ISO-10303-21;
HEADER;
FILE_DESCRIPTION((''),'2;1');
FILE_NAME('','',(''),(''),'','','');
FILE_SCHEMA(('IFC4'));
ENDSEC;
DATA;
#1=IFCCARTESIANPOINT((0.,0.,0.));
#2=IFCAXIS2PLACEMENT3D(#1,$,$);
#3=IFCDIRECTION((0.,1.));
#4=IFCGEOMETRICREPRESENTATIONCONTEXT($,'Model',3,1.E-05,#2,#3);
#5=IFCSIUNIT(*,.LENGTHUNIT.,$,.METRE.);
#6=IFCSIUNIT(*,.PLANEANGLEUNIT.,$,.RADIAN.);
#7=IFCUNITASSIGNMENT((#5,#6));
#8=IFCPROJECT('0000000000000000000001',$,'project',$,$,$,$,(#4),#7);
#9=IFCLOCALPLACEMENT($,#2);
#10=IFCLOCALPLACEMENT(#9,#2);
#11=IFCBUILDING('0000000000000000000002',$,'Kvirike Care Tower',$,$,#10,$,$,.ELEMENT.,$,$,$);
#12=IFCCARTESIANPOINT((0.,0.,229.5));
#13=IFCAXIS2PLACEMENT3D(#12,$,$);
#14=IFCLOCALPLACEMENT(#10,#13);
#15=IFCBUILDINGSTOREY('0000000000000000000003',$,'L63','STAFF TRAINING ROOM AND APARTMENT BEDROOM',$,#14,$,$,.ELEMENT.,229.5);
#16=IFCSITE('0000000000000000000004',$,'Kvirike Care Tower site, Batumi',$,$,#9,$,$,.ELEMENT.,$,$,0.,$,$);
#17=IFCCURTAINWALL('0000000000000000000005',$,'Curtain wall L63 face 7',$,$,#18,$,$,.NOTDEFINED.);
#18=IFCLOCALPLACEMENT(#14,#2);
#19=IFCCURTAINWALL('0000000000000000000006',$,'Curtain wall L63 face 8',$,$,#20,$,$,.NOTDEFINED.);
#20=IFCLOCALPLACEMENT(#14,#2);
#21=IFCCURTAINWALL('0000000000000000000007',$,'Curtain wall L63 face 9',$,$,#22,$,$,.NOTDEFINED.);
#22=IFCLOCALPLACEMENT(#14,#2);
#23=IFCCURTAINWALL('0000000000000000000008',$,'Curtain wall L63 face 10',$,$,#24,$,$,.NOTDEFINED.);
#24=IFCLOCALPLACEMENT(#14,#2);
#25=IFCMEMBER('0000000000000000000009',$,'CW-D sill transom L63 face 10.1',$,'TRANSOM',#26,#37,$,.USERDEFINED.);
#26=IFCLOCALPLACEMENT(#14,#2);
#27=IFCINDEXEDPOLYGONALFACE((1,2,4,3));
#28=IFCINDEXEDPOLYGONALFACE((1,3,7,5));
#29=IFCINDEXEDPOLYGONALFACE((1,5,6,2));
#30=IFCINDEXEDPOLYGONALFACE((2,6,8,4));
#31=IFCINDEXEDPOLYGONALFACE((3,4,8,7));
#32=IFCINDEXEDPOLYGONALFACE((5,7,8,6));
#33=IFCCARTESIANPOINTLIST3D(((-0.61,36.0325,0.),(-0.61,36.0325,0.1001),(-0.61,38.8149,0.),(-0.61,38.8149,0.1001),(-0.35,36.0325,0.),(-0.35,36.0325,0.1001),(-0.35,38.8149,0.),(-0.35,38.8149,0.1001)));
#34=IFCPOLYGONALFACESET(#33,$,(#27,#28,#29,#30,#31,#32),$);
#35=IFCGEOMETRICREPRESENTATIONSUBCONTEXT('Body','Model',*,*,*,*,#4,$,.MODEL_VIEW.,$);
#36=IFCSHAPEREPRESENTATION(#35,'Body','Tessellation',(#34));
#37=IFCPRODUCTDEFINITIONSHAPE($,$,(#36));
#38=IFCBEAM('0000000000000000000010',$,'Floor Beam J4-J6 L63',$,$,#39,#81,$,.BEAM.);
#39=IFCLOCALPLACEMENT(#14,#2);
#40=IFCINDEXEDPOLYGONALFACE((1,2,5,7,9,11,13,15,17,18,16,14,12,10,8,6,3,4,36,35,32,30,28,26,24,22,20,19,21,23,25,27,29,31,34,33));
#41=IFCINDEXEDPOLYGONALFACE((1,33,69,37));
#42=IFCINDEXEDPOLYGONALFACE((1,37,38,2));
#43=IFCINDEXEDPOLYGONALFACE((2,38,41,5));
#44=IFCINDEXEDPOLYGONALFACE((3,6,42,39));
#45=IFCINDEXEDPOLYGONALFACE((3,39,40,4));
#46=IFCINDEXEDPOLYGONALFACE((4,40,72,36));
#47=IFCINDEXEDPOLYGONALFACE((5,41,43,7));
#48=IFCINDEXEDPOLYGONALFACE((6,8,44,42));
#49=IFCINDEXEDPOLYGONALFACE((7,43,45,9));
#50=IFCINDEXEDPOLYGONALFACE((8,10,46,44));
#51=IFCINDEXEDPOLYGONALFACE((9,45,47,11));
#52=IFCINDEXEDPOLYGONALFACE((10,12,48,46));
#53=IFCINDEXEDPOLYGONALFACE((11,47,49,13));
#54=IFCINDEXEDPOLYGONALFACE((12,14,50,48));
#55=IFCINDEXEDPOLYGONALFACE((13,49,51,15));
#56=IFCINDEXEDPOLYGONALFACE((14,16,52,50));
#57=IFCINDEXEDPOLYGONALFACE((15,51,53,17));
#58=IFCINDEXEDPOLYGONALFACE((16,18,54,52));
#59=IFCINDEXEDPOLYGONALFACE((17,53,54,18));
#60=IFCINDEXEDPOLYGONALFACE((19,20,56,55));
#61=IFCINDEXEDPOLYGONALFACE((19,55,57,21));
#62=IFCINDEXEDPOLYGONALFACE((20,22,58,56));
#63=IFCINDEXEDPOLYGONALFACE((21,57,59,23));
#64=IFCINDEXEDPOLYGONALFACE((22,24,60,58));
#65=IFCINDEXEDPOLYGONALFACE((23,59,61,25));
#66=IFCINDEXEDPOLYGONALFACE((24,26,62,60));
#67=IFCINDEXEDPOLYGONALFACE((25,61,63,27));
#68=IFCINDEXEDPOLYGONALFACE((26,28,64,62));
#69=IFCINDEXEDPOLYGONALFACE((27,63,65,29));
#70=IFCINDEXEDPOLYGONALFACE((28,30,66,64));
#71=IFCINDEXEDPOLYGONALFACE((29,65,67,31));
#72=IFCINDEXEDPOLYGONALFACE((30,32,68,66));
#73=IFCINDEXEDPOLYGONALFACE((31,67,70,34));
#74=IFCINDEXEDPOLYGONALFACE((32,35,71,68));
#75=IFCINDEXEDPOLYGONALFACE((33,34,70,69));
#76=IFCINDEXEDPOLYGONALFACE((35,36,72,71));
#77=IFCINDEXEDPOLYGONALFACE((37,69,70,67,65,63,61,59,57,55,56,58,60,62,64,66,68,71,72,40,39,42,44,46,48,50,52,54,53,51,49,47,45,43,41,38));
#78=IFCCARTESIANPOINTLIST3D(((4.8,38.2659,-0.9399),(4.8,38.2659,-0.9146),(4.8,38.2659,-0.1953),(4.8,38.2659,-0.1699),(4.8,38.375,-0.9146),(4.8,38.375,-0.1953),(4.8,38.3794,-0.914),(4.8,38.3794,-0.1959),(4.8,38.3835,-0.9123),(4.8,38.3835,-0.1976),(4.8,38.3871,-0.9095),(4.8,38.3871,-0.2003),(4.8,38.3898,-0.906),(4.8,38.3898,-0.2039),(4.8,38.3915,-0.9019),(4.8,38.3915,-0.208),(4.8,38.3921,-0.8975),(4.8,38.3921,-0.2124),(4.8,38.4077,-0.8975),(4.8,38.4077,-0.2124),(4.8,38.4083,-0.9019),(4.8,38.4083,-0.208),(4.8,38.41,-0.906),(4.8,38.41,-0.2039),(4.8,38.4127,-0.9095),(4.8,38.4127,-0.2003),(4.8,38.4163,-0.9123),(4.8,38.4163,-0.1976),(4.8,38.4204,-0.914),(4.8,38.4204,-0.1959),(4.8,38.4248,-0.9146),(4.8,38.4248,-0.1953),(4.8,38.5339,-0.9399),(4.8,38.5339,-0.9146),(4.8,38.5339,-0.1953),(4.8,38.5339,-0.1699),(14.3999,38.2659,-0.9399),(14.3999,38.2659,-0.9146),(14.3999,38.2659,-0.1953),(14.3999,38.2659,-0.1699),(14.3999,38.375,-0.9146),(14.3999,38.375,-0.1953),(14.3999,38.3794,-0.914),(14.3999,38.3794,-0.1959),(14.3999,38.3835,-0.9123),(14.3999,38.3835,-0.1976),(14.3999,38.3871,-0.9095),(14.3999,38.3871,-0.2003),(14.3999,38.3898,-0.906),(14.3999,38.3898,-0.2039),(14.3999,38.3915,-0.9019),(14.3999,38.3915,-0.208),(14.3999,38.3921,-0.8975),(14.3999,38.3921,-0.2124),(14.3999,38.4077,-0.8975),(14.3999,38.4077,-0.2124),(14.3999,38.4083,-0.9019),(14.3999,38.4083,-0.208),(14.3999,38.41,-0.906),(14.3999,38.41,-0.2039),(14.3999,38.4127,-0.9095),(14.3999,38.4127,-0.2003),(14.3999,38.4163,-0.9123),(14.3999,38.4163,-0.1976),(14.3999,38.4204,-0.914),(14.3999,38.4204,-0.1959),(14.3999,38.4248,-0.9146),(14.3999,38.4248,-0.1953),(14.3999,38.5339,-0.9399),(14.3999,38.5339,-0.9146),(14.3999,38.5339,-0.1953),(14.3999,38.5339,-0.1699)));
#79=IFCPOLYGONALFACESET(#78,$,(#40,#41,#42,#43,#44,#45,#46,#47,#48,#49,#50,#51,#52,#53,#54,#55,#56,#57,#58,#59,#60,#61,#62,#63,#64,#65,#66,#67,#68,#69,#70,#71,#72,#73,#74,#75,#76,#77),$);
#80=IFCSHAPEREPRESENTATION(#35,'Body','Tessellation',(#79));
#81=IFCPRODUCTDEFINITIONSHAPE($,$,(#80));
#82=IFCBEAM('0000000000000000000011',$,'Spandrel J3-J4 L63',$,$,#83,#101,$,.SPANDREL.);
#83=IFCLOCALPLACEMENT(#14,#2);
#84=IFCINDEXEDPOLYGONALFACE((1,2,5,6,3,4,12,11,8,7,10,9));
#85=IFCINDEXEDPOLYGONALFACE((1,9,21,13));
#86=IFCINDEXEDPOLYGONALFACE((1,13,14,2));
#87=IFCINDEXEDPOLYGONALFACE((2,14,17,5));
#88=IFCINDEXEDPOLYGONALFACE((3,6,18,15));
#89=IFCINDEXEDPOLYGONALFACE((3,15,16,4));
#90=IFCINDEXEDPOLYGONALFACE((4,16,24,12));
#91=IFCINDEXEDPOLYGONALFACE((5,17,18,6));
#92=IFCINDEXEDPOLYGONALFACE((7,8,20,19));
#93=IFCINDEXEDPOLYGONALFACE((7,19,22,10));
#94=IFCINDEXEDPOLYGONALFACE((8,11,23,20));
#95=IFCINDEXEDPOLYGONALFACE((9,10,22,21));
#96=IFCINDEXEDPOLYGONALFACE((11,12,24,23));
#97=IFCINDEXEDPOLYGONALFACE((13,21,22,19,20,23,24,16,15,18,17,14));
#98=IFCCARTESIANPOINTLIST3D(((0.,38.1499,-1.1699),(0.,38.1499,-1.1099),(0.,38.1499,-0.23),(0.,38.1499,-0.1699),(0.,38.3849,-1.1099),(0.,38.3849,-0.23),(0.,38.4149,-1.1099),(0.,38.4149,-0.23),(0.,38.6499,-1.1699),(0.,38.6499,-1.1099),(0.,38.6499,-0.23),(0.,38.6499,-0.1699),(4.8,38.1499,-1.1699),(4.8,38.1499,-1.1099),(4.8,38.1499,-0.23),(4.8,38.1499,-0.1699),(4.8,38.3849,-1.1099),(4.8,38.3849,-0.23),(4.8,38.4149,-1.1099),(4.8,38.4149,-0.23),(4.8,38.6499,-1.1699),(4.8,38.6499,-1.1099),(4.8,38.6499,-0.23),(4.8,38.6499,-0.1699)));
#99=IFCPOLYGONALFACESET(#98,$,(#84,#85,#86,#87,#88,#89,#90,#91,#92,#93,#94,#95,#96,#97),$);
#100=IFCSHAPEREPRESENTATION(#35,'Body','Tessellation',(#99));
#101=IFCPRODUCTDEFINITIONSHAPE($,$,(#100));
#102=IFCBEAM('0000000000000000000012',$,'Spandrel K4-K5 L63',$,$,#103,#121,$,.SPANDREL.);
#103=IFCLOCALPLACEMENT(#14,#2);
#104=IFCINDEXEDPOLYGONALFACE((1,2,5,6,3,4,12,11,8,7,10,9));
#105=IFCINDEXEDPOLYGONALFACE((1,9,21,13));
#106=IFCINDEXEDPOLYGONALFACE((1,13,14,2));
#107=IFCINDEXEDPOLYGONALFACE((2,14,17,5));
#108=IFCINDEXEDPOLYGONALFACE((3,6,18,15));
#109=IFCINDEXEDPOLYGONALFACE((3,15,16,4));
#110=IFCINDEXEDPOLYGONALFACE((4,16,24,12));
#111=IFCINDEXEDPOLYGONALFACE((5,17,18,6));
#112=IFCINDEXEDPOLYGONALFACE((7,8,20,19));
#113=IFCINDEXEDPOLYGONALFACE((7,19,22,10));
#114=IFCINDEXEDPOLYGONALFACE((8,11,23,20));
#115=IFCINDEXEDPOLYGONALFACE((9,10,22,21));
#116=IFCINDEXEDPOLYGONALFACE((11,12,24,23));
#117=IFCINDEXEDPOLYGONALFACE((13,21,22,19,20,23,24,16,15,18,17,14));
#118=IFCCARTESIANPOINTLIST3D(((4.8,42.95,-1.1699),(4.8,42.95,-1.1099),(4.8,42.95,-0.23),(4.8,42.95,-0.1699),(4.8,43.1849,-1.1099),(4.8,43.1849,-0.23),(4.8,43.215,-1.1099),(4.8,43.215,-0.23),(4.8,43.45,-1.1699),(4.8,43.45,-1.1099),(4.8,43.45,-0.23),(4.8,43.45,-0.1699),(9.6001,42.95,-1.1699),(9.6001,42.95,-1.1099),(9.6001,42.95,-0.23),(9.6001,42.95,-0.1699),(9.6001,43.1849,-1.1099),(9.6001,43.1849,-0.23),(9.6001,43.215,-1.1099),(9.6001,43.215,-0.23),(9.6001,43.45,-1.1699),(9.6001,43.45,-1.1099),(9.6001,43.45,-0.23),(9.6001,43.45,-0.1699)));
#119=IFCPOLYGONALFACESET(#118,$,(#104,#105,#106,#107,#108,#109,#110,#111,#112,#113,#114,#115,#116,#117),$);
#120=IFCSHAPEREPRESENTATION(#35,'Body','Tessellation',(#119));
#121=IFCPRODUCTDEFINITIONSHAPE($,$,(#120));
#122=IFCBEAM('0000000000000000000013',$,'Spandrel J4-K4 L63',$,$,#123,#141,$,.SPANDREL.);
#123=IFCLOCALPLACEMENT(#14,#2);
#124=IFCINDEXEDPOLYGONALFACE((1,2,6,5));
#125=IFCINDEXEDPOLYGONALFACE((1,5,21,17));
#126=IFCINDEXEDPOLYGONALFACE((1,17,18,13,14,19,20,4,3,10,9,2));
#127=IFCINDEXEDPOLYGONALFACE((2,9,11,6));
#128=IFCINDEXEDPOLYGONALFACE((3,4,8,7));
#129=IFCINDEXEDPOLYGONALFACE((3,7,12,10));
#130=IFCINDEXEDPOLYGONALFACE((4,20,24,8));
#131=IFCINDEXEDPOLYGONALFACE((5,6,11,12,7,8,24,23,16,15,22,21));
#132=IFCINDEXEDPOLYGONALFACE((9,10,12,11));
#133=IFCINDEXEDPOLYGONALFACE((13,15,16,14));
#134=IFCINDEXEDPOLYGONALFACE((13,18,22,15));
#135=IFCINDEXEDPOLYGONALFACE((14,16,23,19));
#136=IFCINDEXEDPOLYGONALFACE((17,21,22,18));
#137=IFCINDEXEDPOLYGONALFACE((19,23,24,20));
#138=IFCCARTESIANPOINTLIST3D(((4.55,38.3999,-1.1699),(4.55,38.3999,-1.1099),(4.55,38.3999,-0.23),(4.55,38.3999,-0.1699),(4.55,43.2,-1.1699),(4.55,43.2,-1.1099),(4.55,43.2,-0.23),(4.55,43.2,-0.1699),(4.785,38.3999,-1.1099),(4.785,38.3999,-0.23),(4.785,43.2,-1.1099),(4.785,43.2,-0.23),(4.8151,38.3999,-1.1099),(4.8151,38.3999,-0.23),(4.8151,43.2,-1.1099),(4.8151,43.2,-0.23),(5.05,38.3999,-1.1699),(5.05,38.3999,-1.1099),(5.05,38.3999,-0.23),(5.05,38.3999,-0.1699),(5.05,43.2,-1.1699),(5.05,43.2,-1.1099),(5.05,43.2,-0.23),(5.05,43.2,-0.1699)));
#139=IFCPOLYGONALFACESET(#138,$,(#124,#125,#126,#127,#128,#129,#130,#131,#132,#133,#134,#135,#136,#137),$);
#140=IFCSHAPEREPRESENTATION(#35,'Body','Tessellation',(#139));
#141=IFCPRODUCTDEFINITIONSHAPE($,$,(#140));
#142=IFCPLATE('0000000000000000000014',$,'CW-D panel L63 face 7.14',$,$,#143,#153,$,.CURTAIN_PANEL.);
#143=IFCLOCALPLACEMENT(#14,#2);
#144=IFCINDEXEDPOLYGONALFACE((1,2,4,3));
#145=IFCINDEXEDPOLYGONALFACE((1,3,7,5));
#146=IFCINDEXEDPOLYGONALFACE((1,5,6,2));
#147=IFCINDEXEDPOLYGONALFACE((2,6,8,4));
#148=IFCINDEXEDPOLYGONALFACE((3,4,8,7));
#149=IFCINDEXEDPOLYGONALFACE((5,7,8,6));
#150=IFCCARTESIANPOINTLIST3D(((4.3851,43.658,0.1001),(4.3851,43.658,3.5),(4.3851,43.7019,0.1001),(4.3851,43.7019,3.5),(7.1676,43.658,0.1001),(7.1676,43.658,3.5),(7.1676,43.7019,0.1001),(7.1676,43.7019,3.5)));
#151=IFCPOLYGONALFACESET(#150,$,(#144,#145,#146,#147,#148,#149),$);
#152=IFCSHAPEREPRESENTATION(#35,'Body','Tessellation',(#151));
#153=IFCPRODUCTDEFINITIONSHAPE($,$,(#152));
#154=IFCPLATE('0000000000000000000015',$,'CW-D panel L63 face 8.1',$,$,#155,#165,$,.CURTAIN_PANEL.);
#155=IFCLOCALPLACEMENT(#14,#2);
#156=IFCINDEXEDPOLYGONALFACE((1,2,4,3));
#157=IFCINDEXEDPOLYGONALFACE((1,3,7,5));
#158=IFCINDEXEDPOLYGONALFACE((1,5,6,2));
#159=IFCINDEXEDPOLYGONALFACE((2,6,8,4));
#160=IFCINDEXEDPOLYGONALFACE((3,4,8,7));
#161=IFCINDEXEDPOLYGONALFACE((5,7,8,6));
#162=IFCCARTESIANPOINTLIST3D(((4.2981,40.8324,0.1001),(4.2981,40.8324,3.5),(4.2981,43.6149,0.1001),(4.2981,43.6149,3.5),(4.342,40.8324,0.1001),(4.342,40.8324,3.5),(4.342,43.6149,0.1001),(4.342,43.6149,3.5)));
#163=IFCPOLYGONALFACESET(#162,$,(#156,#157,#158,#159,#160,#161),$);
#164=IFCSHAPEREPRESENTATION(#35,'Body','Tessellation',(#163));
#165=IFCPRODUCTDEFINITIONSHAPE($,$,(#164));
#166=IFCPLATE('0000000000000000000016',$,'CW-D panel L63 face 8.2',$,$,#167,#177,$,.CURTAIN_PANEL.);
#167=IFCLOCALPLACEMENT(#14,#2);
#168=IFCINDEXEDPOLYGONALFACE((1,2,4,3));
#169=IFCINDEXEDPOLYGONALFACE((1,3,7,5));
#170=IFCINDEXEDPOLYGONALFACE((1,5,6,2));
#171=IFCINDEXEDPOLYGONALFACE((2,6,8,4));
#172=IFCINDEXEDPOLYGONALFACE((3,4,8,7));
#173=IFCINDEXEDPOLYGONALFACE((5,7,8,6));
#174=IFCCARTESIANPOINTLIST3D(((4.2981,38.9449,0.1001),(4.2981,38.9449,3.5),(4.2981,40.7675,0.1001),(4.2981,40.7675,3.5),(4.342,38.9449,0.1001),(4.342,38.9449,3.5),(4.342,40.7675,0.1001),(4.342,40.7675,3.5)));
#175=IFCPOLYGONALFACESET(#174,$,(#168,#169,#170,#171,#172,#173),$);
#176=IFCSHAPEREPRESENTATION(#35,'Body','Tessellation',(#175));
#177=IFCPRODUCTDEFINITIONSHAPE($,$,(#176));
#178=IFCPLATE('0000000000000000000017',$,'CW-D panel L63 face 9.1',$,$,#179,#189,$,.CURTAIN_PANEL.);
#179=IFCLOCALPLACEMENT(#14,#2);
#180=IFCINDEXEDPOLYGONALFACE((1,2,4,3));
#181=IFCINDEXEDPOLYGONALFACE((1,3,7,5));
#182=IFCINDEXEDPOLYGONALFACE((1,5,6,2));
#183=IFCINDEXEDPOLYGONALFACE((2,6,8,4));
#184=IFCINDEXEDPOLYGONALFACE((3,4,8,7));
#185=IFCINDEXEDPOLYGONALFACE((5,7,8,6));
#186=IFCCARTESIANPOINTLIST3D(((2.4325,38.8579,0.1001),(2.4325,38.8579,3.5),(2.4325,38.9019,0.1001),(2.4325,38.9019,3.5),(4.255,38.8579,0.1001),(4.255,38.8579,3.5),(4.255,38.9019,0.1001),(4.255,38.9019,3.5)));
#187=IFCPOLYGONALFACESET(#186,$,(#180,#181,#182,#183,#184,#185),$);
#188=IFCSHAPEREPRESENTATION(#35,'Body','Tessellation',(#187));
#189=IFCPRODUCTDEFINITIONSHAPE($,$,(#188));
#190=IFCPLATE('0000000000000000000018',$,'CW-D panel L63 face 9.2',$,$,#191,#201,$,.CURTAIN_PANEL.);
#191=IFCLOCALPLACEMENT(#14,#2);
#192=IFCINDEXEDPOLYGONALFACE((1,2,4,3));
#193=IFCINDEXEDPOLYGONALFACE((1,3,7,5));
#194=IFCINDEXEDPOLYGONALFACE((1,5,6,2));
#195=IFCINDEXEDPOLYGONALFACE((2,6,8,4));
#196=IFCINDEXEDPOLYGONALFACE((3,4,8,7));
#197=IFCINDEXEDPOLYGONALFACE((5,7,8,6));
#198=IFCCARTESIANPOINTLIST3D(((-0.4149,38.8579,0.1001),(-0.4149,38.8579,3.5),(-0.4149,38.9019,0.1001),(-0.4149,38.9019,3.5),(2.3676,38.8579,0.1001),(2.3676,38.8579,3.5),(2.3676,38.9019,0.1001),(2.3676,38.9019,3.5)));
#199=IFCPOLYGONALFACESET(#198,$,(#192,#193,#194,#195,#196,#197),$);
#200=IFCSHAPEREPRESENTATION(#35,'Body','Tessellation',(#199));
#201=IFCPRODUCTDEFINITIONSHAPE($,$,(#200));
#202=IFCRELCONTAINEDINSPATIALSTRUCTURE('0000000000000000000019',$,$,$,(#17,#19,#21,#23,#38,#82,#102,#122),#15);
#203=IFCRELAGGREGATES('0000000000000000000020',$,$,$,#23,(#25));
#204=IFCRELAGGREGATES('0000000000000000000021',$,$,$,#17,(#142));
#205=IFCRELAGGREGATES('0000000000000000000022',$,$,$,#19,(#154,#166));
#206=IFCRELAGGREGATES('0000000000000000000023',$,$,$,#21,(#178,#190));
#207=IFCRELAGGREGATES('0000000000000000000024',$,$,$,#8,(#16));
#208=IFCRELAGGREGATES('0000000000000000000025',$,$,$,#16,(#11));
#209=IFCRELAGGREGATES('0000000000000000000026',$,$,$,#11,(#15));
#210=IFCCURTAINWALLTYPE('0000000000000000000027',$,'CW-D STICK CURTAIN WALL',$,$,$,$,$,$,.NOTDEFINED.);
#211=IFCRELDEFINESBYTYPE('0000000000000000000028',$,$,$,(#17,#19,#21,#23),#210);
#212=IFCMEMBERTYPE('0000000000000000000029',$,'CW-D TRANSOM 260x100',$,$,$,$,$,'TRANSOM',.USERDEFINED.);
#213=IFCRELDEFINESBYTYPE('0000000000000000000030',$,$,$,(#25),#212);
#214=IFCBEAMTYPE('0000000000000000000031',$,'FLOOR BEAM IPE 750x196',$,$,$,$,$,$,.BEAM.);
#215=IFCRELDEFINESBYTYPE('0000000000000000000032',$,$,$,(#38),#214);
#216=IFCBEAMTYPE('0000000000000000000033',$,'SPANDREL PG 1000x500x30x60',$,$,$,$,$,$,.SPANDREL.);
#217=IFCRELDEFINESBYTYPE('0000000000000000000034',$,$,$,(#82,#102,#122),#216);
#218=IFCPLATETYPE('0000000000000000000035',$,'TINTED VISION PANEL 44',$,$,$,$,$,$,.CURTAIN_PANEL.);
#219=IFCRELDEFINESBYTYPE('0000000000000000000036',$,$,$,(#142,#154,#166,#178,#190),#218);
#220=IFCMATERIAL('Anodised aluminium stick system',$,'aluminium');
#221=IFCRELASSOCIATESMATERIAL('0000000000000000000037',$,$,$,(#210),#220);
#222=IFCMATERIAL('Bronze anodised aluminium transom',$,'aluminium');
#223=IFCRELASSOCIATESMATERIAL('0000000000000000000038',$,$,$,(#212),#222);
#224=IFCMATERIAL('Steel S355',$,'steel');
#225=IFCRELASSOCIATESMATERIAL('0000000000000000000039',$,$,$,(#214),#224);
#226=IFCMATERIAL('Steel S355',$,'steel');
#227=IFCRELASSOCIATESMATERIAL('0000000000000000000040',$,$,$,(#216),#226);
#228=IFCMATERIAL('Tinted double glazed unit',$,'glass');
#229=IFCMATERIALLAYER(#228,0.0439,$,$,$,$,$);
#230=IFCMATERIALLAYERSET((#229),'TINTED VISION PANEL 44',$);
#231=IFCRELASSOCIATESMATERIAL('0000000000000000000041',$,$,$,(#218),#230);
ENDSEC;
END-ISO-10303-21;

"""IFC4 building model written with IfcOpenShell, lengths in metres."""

from ifc_helpers import new_model, si_unit, direction, frame, origin, origin_2d, place, context, subcontext, project, spatial, rectangle, i_section, extrude, material, layer, layer_set, material_profile, profile_set, type_object, element, aggregate, save


model = new_model("IFC4")

# Units and contexts
model_context = context("Model", 3, precision=1e-05, world=origin(), true_north=direction((0.0, 1.0)))
body_context = subcontext(model_context, "Body", "Model", "MODEL_VIEW")
ifc_project = project(units=[si_unit("LENGTHUNIT", "METRE"), si_unit("PLANEANGLEUNIT", "RADIAN")], contexts=[model_context])

# Site, building, storey
site_placement = place(None, origin())
site = spatial("IfcSite", under=ifc_project, at=site_placement, Name="Kvirike Care Tower site, Batumi", CompositionType="ELEMENT", RefElevation=0.0)
building_placement = place(site_placement, origin())
building = spatial("IfcBuilding", under=site, at=building_placement, Name="Kvirike Care Tower", CompositionType="ELEMENT")
storey_placement = place(building_placement, frame((0.0, 0.0, 229.5)))
storey = spatial("IfcBuildingStorey", under=building, at=storey_placement, Name="L63", Description="STAFF TRAINING ROOM AND APARTMENT BEDROOM", CompositionType="ELEMENT", Elevation=229.5)

# Curtain wall
ifc_material_1 = material(Name="Anodised aluminium stick system", Category="aluminium")
curtain_wall_type = type_object("IfcCurtainWallType", Name="CW-D STICK CURTAIN WALL", PredefinedType="NOTDEFINED", material=ifc_material_1)
curtain_wall_1_placement = place(storey_placement, origin())
curtain_wall_1 = element("IfcCurtainWall", 1, at=curtain_wall_1_placement, inside=storey, type_object=curtain_wall_type, Name="Curtain wall L63 face 7", PredefinedType="NOTDEFINED")

# Curtain walls
curtain_wall_2_placement = place(storey_placement, origin())
curtain_wall_2 = element("IfcCurtainWall", 2, at=curtain_wall_2_placement, inside=storey, type_object=curtain_wall_type, Name="Curtain wall L63 face 8", PredefinedType="NOTDEFINED")
curtain_wall_3_placement = place(storey_placement, origin())
curtain_wall_3 = element("IfcCurtainWall", 3, at=curtain_wall_3_placement, inside=storey, type_object=curtain_wall_type, Name="Curtain wall L63 face 9", PredefinedType="NOTDEFINED")

# Curtain wall
curtain_wall_4_placement = place(storey_placement, origin())
curtain_wall_4 = element("IfcCurtainWall", 4, at=curtain_wall_4_placement, inside=storey, type_object=curtain_wall_type, Name="Curtain wall L63 face 10", PredefinedType="NOTDEFINED")

# Member
ifc_material_2 = material(Name="Bronze anodised aluminium transom", Category="aluminium")
ifc_material_profile_1 = material_profile(ifc_material_2, rectangle(XDim=0.26, YDim=0.1001, at=origin_2d()), Name="CW-D TRANSOM 260x100")
ifc_profile_set_1 = profile_set([ifc_material_profile_1], Name="Bronze anodised aluminium transom")
member_type_1 = type_object("IfcMemberType", Name="CW-D TRANSOM 260x100", ElementType="TRANSOM", PredefinedType="USERDEFINED", material=ifc_profile_set_1)
member_1_placement = place(storey_placement, frame((-0.48, 38.8149, 0.05), z_axis=(0.0, -1.0, 0.0), x_axis=(1.0, 0.0, 0.0)))
member_1 = element("IfcMember", 5, at=member_1_placement, type_object=member_type_1, Name="CW-D sill transom L63 face 10.1", ObjectType="TRANSOM", PredefinedType="USERDEFINED", context=body_context, shape_type="SweptSolid", body=[
    extrude(rectangle(XDim=0.26, YDim=0.1001, at=origin_2d()), origin(), (0.0, 0.0, 1.0), 2.7825),
])
aggregate(curtain_wall_4, [member_1])

# Beams
ifc_material_3 = material(Name="Steel S355", Category="steel")
ifc_material_profile_2 = material_profile(ifc_material_3, i_section(OverallWidth=0.2681, OverallDepth=0.77, WebThickness=0.0156, FlangeThickness=0.0254, FilletRadius=0.0171, at=origin_2d()), Name="IPE 750x196")
ifc_profile_set_2 = profile_set([ifc_material_profile_2], Name="Steel S355")
beam_type_1 = type_object("IfcBeamType", Name="FLOOR BEAM IPE 750x196", PredefinedType="BEAM", material=ifc_profile_set_2)
beam_placement = place(storey_placement, frame((4.8, 38.3999, -0.5549), z_axis=(1.0, 0.0, 0.0), x_axis=(0.0, 1.0, 0.0)))
element("IfcBeam", 6, at=beam_placement, inside=storey, type_object=beam_type_1, Name="Floor Beam J4-J6 L63", PredefinedType="BEAM", context=body_context, shape_type="SweptSolid", body=[
    extrude(i_section(OverallWidth=0.2681, OverallDepth=0.77, WebThickness=0.0156, FlangeThickness=0.0254, FilletRadius=0.0171, at=origin_2d()), origin(), (0.0, 0.0, 1.0), 9.5999),
])
ifc_material_4 = material(Name="Steel S355", Category="steel")
ifc_material_profile_3 = material_profile(ifc_material_4, i_section(OverallWidth=0.5, OverallDepth=1.0, WebThickness=0.03, FlangeThickness=0.0601, at=origin_2d()), Name="PG 1000x500x30x60")
ifc_profile_set_3 = profile_set([ifc_material_profile_3], Name="Steel S355")
beam_type_2 = type_object("IfcBeamType", Name="SPANDREL PG 1000x500x30x60", PredefinedType="SPANDREL", material=ifc_profile_set_3)
for number, where, z_axis, x_axis, name in (
    (7, (0.0, 38.3999, -0.6699), (1.0, 0.0, 0.0), (0.0, 1.0, 0.0), "Spandrel J3-J4 L63"),
    (8, (4.8, 43.2, -0.6699), (1.0, 0.0, 0.0), (0.0, 1.0, 0.0), "Spandrel K4-K5 L63"),
    (9, (4.8, 38.3999, -0.6699), (0.0, 1.0, 0.0), (-1.0, 0.0, 0.0), "Spandrel J4-K4 L63"),
):
    element("IfcBeam", number, at=place(storey_placement, frame(where, z_axis=z_axis, x_axis=x_axis)), inside=storey, type_object=beam_type_2, Name=name, PredefinedType="SPANDREL", context=body_context, shape_type="SweptSolid", body=[
        extrude(i_section(OverallWidth=0.5, OverallDepth=1.0, WebThickness=0.03, FlangeThickness=0.0601, at=origin_2d()), origin(), (0.0, 0.0, 1.0), 4.8),
    ])

# Plates
ifc_material_5 = material(Name="Tinted double glazed unit", Category="glass")
ifc_layer_1 = layer(ifc_material_5, 0.0439)
ifc_layer_set_1 = layer_set([ifc_layer_1], Name="TINTED VISION PANEL 44")
plate_type = type_object("IfcPlateType", Name="TINTED VISION PANEL 44", PredefinedType="CURTAIN_PANEL", material=ifc_layer_set_1)
plate_1_placement = place(storey_placement, frame((5.7764, 43.6799, 0.1001), z_axis=(0.0, 0.0, 1.0), x_axis=(-1.0, 0.0, 0.0)))
plate_1 = element("IfcPlate", 10, at=plate_1_placement, type_object=plate_type, Name="CW-D panel L63 face 7.14", PredefinedType="CURTAIN_PANEL", context=body_context, shape_type="SweptSolid", body=[
    extrude(rectangle(XDim=2.7825, YDim=0.0439, at=origin_2d()), origin(), (0.0, 0.0, 1.0), 3.3999),
])
aggregate(curtain_wall_1, [plate_1])
plate_2_placement = place(storey_placement, frame((4.3201, 42.2236, 0.1001), z_axis=(0.0, 0.0, 1.0), x_axis=(0.0, -1.0, 0.0)))
plate_2 = element("IfcPlate", 11, at=plate_2_placement, type_object=plate_type, Name="CW-D panel L63 face 8.1", PredefinedType="CURTAIN_PANEL", context=body_context, shape_type="SweptSolid", body=[
    extrude(rectangle(XDim=2.7825, YDim=0.0439, at=origin_2d()), origin(), (0.0, 0.0, 1.0), 3.3999),
])
plate_3_placement = place(storey_placement, frame((4.3201, 39.8562, 0.1001), z_axis=(0.0, 0.0, 1.0), x_axis=(0.0, -1.0, 0.0)))
plate_3 = element("IfcPlate", 12, at=plate_3_placement, type_object=plate_type, Name="CW-D panel L63 face 8.2", PredefinedType="CURTAIN_PANEL", context=body_context, shape_type="SweptSolid", body=[
    extrude(rectangle(XDim=1.8225, YDim=0.0439, at=origin_2d()), origin(), (0.0, 0.0, 1.0), 3.3999),
])
aggregate(curtain_wall_2, [plate_2, plate_3])
plate_4_placement = place(storey_placement, frame((3.3438, 38.8799, 0.1001), z_axis=(0.0, 0.0, 1.0), x_axis=(-1.0, 0.0, 0.0)))
plate_4 = element("IfcPlate", 13, at=plate_4_placement, type_object=plate_type, Name="CW-D panel L63 face 9.1", PredefinedType="CURTAIN_PANEL", context=body_context, shape_type="SweptSolid", body=[
    extrude(rectangle(XDim=1.8225, YDim=0.0439, at=origin_2d()), origin(), (0.0, 0.0, 1.0), 3.3999),
])
plate_5_placement = place(storey_placement, frame((0.9763, 38.8799, 0.1001), z_axis=(0.0, 0.0, 1.0), x_axis=(-1.0, 0.0, 0.0)))
plate_5 = element("IfcPlate", 14, at=plate_5_placement, type_object=plate_type, Name="CW-D panel L63 face 9.2", PredefinedType="CURTAIN_PANEL", context=body_context, shape_type="SweptSolid", body=[
    extrude(rectangle(XDim=2.7825, YDim=0.0439, at=origin_2d()), origin(), (0.0, 0.0, 1.0), 3.3999),
])
aggregate(curtain_wall_3, [plate_4, plate_5])

save(model, "model.ifc")
